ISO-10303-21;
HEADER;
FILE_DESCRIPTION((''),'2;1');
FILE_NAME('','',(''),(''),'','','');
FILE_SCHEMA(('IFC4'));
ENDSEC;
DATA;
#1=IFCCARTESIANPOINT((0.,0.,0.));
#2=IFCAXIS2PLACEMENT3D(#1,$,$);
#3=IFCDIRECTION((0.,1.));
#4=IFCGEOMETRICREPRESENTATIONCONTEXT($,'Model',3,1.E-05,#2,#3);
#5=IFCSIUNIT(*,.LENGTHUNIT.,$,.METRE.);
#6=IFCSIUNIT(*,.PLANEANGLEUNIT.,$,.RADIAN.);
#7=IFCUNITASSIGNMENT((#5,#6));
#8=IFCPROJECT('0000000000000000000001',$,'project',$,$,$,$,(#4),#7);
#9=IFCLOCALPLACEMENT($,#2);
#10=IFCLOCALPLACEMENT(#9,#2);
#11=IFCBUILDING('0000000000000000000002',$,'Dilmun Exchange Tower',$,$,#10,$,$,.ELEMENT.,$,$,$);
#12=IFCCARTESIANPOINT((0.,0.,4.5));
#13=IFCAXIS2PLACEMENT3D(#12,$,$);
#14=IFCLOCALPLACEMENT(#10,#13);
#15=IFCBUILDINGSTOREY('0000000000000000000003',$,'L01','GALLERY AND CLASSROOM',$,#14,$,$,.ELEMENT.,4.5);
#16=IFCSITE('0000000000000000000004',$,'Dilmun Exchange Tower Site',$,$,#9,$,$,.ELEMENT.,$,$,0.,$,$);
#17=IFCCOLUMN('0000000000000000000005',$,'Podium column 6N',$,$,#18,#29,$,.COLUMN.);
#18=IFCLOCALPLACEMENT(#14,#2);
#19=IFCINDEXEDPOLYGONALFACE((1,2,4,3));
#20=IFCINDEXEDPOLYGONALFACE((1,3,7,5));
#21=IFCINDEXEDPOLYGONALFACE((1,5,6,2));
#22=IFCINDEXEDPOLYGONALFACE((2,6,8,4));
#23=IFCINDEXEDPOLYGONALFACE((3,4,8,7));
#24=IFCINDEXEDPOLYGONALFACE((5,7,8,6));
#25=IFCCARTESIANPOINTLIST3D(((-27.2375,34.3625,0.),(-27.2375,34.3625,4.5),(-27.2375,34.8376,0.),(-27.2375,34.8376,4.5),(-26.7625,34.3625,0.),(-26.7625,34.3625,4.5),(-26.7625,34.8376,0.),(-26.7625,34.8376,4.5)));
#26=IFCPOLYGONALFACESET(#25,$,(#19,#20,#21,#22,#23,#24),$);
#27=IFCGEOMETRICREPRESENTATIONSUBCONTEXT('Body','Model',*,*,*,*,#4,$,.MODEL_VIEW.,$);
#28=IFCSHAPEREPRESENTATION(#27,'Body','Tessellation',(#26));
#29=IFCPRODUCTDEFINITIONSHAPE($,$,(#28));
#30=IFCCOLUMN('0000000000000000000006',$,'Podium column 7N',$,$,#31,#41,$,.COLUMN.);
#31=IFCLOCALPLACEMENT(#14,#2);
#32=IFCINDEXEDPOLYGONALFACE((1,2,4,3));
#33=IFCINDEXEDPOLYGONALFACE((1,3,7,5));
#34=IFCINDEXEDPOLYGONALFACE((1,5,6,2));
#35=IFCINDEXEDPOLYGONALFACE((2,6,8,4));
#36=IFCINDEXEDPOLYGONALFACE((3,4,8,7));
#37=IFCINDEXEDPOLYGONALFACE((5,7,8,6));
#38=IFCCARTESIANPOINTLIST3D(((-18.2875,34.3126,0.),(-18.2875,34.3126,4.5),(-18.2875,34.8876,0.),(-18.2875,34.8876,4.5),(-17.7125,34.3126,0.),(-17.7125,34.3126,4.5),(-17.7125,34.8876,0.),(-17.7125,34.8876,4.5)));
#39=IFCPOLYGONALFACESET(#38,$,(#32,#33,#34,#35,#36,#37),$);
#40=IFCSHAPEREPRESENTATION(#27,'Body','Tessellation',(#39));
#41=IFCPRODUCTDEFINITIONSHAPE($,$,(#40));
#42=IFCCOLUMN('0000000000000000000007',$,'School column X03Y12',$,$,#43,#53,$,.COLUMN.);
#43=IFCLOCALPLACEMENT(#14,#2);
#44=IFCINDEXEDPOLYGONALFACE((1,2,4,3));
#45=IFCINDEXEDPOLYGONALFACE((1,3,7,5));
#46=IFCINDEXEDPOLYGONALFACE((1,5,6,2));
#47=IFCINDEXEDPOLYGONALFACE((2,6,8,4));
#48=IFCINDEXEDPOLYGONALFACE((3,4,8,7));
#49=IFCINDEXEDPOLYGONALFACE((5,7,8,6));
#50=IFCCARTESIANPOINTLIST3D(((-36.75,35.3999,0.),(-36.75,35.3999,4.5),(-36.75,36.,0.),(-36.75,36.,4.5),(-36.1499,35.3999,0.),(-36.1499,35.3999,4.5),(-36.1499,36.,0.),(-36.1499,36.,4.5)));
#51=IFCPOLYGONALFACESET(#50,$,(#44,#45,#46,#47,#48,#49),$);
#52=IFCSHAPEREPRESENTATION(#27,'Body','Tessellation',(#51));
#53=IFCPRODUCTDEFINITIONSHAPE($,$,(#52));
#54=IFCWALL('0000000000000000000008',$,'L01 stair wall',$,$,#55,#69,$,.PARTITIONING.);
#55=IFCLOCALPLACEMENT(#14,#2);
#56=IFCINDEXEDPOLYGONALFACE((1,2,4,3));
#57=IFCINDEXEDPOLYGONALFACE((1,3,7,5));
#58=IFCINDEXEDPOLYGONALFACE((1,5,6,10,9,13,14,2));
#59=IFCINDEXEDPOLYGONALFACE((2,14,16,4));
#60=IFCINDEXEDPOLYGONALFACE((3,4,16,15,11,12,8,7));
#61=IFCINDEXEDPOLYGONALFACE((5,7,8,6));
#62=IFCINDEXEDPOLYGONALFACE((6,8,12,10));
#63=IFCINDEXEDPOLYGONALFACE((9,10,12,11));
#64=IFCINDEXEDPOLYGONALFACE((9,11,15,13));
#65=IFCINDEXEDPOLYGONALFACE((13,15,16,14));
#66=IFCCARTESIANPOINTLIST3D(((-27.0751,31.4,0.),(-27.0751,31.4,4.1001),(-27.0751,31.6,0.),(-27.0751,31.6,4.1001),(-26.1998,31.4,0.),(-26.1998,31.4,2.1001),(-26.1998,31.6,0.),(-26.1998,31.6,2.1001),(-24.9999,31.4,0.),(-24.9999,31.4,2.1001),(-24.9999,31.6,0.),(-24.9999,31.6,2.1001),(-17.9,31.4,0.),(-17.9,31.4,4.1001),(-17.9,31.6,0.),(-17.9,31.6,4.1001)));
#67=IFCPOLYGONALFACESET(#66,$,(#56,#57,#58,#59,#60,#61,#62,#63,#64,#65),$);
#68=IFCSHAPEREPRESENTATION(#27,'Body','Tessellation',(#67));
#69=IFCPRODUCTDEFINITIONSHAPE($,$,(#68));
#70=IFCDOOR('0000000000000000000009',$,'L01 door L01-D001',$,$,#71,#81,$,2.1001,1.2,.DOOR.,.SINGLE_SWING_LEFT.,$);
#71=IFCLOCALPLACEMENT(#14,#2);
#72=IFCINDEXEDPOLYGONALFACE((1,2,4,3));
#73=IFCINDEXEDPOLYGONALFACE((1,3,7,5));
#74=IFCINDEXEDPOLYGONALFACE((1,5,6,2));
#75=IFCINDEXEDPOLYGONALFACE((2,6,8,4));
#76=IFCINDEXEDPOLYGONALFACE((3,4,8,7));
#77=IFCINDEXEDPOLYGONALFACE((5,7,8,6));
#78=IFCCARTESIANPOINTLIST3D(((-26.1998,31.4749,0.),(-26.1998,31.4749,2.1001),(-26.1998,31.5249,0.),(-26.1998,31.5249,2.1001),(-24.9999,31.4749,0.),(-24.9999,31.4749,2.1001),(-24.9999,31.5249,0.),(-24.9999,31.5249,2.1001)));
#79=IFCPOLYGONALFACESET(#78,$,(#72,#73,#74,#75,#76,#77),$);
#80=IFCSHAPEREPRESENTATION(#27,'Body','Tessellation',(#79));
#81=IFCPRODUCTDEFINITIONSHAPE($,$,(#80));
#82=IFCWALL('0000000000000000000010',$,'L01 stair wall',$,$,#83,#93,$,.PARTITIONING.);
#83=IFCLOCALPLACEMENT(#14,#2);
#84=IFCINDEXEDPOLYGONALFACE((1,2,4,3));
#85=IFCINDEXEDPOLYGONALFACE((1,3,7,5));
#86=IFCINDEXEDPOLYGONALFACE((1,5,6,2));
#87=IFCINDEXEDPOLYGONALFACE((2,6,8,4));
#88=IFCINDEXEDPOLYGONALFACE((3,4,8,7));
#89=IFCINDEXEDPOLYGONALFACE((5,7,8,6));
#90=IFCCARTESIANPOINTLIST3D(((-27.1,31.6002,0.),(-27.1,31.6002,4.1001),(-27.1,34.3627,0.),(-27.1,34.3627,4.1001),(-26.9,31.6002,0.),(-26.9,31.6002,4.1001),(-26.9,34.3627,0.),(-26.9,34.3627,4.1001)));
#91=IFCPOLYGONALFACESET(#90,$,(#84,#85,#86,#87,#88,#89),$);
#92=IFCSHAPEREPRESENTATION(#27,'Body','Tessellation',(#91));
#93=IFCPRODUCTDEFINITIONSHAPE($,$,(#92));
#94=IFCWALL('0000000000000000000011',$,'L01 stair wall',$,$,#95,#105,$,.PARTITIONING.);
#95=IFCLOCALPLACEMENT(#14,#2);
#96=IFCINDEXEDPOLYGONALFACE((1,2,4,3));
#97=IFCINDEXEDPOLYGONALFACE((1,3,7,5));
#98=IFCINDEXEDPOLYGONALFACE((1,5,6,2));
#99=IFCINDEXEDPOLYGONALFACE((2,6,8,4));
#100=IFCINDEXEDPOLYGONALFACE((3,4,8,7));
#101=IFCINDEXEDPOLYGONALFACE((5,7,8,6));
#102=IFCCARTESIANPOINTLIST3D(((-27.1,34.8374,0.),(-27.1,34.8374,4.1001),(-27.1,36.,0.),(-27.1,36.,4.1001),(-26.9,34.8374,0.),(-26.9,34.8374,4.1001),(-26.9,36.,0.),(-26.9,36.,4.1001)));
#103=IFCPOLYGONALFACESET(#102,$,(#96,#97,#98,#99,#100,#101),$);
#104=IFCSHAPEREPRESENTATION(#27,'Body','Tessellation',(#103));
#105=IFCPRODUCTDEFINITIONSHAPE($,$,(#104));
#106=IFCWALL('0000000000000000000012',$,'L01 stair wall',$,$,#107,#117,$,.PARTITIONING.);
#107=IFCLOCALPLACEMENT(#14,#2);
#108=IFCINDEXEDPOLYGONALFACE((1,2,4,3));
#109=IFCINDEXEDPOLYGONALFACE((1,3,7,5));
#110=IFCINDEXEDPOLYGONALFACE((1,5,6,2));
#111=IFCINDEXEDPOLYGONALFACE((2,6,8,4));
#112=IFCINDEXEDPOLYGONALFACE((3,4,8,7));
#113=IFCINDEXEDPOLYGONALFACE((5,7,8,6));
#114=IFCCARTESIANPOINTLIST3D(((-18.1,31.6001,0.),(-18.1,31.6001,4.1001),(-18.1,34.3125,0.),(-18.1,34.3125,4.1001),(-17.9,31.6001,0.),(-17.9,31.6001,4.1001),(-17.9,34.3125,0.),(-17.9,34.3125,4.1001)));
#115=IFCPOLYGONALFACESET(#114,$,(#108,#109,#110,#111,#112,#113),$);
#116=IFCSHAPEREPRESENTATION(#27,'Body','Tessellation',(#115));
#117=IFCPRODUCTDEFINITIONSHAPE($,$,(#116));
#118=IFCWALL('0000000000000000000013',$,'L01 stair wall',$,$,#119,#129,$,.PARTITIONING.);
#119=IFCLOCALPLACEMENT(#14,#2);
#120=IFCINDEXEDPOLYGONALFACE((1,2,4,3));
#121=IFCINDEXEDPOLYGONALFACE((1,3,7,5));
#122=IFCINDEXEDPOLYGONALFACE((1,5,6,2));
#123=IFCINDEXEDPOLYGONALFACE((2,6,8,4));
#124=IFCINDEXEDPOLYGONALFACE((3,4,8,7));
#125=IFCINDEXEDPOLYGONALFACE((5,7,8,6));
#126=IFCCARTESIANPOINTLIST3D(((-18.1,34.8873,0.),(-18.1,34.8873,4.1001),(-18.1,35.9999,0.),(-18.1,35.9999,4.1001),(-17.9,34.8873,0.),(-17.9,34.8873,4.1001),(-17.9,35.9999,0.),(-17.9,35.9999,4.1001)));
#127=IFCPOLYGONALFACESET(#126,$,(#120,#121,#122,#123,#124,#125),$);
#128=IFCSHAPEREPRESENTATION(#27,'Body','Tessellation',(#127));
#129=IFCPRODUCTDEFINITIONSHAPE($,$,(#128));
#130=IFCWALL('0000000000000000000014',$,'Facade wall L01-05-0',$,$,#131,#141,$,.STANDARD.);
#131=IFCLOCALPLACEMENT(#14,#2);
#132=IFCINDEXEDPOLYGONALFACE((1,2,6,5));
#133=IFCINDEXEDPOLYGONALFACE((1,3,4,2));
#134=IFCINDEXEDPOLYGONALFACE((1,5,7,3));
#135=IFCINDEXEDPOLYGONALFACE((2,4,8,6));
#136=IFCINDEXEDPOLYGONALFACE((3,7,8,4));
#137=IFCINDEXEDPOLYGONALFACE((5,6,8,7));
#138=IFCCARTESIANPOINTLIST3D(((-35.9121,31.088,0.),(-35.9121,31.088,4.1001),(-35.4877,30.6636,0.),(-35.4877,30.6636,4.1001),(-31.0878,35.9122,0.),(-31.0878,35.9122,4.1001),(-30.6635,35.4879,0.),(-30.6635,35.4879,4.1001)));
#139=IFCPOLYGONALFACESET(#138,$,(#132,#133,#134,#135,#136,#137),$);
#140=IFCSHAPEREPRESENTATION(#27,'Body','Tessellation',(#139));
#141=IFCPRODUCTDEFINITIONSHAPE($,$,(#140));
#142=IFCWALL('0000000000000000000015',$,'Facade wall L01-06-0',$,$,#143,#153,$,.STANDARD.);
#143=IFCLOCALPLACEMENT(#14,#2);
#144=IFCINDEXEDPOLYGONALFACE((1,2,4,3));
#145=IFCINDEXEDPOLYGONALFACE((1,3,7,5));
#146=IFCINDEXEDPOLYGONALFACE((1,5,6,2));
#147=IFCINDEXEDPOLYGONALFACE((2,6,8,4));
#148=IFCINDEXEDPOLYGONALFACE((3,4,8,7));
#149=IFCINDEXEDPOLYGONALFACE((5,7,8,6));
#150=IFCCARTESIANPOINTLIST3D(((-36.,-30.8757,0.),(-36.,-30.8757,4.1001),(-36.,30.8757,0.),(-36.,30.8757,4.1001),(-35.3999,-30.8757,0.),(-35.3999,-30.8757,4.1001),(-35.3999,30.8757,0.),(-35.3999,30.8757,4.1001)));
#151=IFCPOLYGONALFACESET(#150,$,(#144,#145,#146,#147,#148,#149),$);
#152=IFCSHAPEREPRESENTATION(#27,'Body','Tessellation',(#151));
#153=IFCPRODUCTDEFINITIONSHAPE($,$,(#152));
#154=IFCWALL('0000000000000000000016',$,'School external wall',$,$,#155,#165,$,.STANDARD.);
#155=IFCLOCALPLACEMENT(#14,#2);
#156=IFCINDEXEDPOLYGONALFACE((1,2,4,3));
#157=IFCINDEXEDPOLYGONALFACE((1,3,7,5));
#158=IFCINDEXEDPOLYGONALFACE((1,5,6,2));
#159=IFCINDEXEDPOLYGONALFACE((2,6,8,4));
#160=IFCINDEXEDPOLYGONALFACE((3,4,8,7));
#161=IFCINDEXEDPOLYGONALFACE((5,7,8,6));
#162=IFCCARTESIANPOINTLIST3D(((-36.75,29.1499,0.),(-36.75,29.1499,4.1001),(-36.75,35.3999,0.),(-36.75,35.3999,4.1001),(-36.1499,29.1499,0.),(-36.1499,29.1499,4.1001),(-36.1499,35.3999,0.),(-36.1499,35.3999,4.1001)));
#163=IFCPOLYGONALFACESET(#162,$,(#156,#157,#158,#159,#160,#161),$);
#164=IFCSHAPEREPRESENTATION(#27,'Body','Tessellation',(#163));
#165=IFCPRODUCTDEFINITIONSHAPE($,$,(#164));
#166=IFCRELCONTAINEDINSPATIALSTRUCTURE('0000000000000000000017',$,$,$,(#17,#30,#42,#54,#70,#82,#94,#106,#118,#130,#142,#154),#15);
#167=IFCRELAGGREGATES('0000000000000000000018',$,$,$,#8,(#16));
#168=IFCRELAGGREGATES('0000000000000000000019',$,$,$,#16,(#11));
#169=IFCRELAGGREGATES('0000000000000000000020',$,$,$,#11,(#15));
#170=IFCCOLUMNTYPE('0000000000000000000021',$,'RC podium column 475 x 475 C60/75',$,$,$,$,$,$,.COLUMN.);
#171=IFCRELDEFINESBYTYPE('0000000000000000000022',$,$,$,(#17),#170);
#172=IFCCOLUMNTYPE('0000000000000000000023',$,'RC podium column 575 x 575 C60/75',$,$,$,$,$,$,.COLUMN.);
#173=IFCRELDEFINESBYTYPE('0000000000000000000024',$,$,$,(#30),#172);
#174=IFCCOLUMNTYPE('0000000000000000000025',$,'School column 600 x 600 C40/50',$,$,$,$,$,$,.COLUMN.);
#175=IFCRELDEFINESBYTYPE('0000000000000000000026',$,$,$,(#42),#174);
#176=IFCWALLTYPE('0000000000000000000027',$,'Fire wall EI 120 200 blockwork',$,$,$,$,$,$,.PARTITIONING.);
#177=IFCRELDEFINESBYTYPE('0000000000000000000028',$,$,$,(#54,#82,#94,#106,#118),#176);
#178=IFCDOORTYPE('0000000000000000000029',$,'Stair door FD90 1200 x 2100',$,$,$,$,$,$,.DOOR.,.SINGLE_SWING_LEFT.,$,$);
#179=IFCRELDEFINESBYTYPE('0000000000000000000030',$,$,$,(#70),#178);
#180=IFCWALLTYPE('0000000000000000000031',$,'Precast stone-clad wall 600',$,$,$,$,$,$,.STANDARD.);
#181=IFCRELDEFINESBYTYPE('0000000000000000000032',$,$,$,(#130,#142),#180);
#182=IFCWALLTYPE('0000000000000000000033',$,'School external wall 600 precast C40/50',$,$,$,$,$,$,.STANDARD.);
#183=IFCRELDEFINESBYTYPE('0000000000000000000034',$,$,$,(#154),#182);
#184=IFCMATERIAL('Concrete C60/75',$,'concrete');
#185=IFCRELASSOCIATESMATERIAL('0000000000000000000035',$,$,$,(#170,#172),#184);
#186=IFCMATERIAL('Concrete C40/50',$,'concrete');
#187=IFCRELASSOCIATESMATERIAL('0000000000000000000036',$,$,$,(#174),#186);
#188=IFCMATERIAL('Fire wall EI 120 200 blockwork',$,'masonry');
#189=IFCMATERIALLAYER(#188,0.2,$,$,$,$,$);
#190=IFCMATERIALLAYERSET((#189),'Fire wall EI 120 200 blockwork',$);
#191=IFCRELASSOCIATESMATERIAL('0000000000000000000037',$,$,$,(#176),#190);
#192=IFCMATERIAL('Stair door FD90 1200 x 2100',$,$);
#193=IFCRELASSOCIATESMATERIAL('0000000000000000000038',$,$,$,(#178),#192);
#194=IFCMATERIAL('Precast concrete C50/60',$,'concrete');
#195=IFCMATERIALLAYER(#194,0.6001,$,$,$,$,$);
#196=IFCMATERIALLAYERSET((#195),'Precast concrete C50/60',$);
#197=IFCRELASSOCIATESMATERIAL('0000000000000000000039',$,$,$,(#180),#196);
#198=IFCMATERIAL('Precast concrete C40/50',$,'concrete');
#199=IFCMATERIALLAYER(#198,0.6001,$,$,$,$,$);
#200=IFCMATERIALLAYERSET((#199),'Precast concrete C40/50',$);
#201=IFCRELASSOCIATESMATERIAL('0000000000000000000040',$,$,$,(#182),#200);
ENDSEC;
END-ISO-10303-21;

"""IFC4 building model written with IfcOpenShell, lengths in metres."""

from ifc_helpers import new_model, si_unit, direction, frame, frame_2d, origin, origin_2d, place, context, subcontext, project, spatial, rectangle, extrude, material, layer, layer_set, material_profile, profile_set, type_object, element, fill, save


model = new_model("IFC4")

# Units and contexts
model_context = context("Model", 3, precision=1e-05, world=origin(), true_north=direction((0.0, 1.0)))
body_context = subcontext(model_context, "Body", "Model", "MODEL_VIEW")
ifc_project = project(units=[si_unit("LENGTHUNIT", "METRE"), si_unit("PLANEANGLEUNIT", "RADIAN")], contexts=[model_context])

# Site, building, storey
site_placement = place(None, origin())
site = spatial("IfcSite", under=ifc_project, at=site_placement, Name="Dilmun Exchange Tower Site", CompositionType="ELEMENT", RefElevation=0.0)
building_placement = place(site_placement, origin())
building = spatial("IfcBuilding", under=site, at=building_placement, Name="Dilmun Exchange Tower", CompositionType="ELEMENT")
storey_placement = place(building_placement, frame((0.0, 0.0, 4.5)))
storey = spatial("IfcBuildingStorey", under=building, at=storey_placement, Name="L01", Description="GALLERY AND CLASSROOM", CompositionType="ELEMENT", Elevation=4.5)

# Columns
ifc_material_1 = material(Name="Concrete C60/75", Category="concrete")
ifc_material_profile_1 = material_profile(ifc_material_1, rectangle(XDim=0.4751, YDim=0.4751, at=origin_2d()), Name="475 x 475")
ifc_profile_set_1 = profile_set([ifc_material_profile_1], Name="Concrete C60/75")
column_type_1 = type_object("IfcColumnType", Name="RC podium column 475 x 475 C60/75", PredefinedType="COLUMN", material=ifc_profile_set_1)
column_1_placement = place(storey_placement, frame((-27.0, 34.6001, 0.0), z_axis=(0.0, 0.0, 1.0), x_axis=(1.0, 0.0, 0.0)))
element("IfcColumn", 1, at=column_1_placement, inside=storey, type_object=column_type_1, Name="Podium column 6N", PredefinedType="COLUMN", context=body_context, shape_type="SweptSolid", body=[
    extrude(rectangle(XDim=0.4751, YDim=0.4751, at=origin_2d()), origin(), (0.0, 0.0, 1.0), 4.5),
])
ifc_material_profile_2 = material_profile(ifc_material_1, rectangle(XDim=0.575, YDim=0.575, at=origin_2d()), Name="575 x 575")
ifc_profile_set_2 = profile_set([ifc_material_profile_2], Name="Concrete C60/75")
column_type_2 = type_object("IfcColumnType", Name="RC podium column 575 x 575 C60/75", PredefinedType="COLUMN", material=ifc_profile_set_2)
column_2_placement = place(storey_placement, frame((-18.0, 34.6001, 0.0), z_axis=(0.0, 0.0, 1.0), x_axis=(1.0, 0.0, 0.0)))
element("IfcColumn", 2, at=column_2_placement, inside=storey, type_object=column_type_2, Name="Podium column 7N", PredefinedType="COLUMN", context=body_context, shape_type="SweptSolid", body=[
    extrude(rectangle(XDim=0.575, YDim=0.575, at=origin_2d()), origin(), (0.0, 0.0, 1.0), 4.5),
])
ifc_material_2 = material(Name="Concrete C40/50", Category="concrete")
ifc_material_profile_3 = material_profile(ifc_material_2, rectangle(XDim=0.6001, YDim=0.6001, at=origin_2d()), Name="600 x 600")
ifc_profile_set_3 = profile_set([ifc_material_profile_3], Name="Concrete C40/50")
column_type_3 = type_object("IfcColumnType", Name="School column 600 x 600 C40/50", PredefinedType="COLUMN", material=ifc_profile_set_3)
column_3_placement = place(storey_placement, frame((-36.45, 35.7, 0.0), z_axis=(0.0, 0.0, 1.0), x_axis=(1.0, 0.0, 0.0)))
element("IfcColumn", 3, at=column_3_placement, inside=storey, type_object=column_type_3, Name="School column X03Y12", PredefinedType="COLUMN", context=body_context, shape_type="SweptSolid", body=[
    extrude(rectangle(XDim=0.6001, YDim=0.6001, at=origin_2d()), origin(), (0.0, 0.0, 1.0), 4.5),
])

# Wall, opening, door
ifc_material_3 = material(Name="Fire wall EI 120 200 blockwork", Category="masonry")
ifc_layer_1 = layer(ifc_material_3, 0.2)
ifc_layer_set_1 = layer_set([ifc_layer_1], Name="Fire wall EI 120 200 blockwork")
wall_type_1 = type_object("IfcWallType", Name="Fire wall EI 120 200 blockwork", PredefinedType="PARTITIONING", material=ifc_layer_set_1)
wall_1_placement = place(storey_placement, frame((-27.075, 31.5, 0.0), z_axis=(0.0, 0.0, 1.0), x_axis=(1.0, 0.0, 0.0)))
wall_1 = element("IfcWall", 4, at=wall_1_placement, inside=storey, type_object=wall_type_1, Name="L01 stair wall", PredefinedType="PARTITIONING", context=body_context, shape_type="SweptSolid", body=[
    extrude(rectangle(XDim=9.175, YDim=0.2, at=frame_2d((4.5874, 0.0))), origin(), (0.0, 0.0, 1.0), 4.1001),
])
opening_placement = place(wall_1_placement, frame((0.875, 0.0, 0.0)))
opening = element("IfcOpeningElement", 5, at=opening_placement, cuts=wall_1, PredefinedType="OPENING", context=body_context, shape_type="SweptSolid", body=[
    extrude(rectangle(XDim=1.2, YDim=2.1001, at=frame_2d((0.6001, 1.05))), frame((0.0, 0.1099, 0.0), z_axis=(0.0, -1.0, 0.0), x_axis=(1.0, 0.0, 0.0)), (0.0, 0.0, 1.0), 0.22),
])
ifc_material_4 = material(Name="Stair door FD90 1200 x 2100")
door_type = type_object("IfcDoorType", Name="Stair door FD90 1200 x 2100", OperationType="SINGLE_SWING_LEFT", PredefinedType="DOOR", material=ifc_material_4)
door_placement = place(opening_placement, origin())
door = element("IfcDoor", 6, at=door_placement, inside=storey, type_object=door_type, Name="L01 door L01-D001", OperationType="SINGLE_SWING_LEFT", OverallHeight=2.1001, OverallWidth=1.2, PredefinedType="DOOR", context=body_context, shape_type="SweptSolid", body=[
    extrude(rectangle(XDim=1.2, YDim=2.1001, at=frame_2d((0.6001, 1.05))), frame((0.0, 0.0249, 0.0), z_axis=(0.0, -1.0, 0.0), x_axis=(1.0, 0.0, 0.0)), (0.0, 0.0, 1.0), 0.05),
])
fill(opening, door)

# Walls
wall_2_placement = place(storey_placement, frame((-27.0, 31.6001, 0.0), z_axis=(0.0, 0.0, 1.0), x_axis=(0.0, 1.0, 0.0)))
element("IfcWall", 7, at=wall_2_placement, inside=storey, type_object=wall_type_1, Name="L01 stair wall", PredefinedType="PARTITIONING", context=body_context, shape_type="SweptSolid", body=[
    extrude(rectangle(XDim=2.7625, YDim=0.2, at=frame_2d((1.3813, 0.0))), origin(), (0.0, 0.0, 1.0), 4.1001),
])
wall_3_placement = place(storey_placement, frame((-27.0, 34.8374, 0.0), z_axis=(0.0, 0.0, 1.0), x_axis=(0.0, 1.0, 0.0)))
element("IfcWall", 8, at=wall_3_placement, inside=storey, type_object=wall_type_1, Name="L01 stair wall", PredefinedType="PARTITIONING", context=body_context, shape_type="SweptSolid", body=[
    extrude(rectangle(XDim=1.1626, YDim=0.2, at=frame_2d((0.5813, 0.0))), origin(), (0.0, 0.0, 1.0), 4.1001),
])
wall_4_placement = place(storey_placement, frame((-18.0, 31.6001, 0.0), z_axis=(0.0, 0.0, 1.0), x_axis=(0.0, 1.0, 0.0)))
element("IfcWall", 9, at=wall_4_placement, inside=storey, type_object=wall_type_1, Name="L01 stair wall", PredefinedType="PARTITIONING", context=body_context, shape_type="SweptSolid", body=[
    extrude(rectangle(XDim=2.7124, YDim=0.2, at=frame_2d((1.3562, 0.0))), origin(), (0.0, 0.0, 1.0), 4.1001),
])
wall_5_placement = place(storey_placement, frame((-18.0, 34.8875, 0.0), z_axis=(0.0, 0.0, 1.0), x_axis=(0.0, 1.0, 0.0)))
element("IfcWall", 10, at=wall_5_placement, inside=storey, type_object=wall_type_1, Name="L01 stair wall", PredefinedType="PARTITIONING", context=body_context, shape_type="SweptSolid", body=[
    extrude(rectangle(XDim=1.1125, YDim=0.2, at=frame_2d((0.5562, 0.0))), origin(), (0.0, 0.0, 1.0), 4.1001),
])
ifc_material_5 = material(Name="Precast concrete C50/60", Category="concrete")
ifc_layer_2 = layer(ifc_material_5, 0.6001)
ifc_layer_set_2 = layer_set([ifc_layer_2], Name="Precast concrete C50/60")
wall_type_2 = type_object("IfcWallType", Name="Precast stone-clad wall 600", PredefinedType="STANDARD", material=ifc_layer_set_2)
wall_6_placement = place(storey_placement, frame((-30.8757, 35.7, 0.0), z_axis=(0.0, 0.0, 1.0), x_axis=(-0.707107, -0.707107, 0.0)))
element("IfcWall", 11, at=wall_6_placement, inside=storey, type_object=wall_type_2, Name="Facade wall L01-05-0", PredefinedType="STANDARD", context=body_context, shape_type="SweptSolid", body=[
    extrude(rectangle(XDim=6.8225, YDim=0.6001, at=frame_2d((3.4111, 0.0))), origin(), (0.0, 0.0, 1.0), 4.1001),
])
wall_7_placement = place(storey_placement, frame((-35.7, 30.8757, 0.0), z_axis=(0.0, 0.0, 1.0), x_axis=(0.0, -1.0, 0.0)))
element("IfcWall", 12, at=wall_7_placement, inside=storey, type_object=wall_type_2, Name="Facade wall L01-06-0", PredefinedType="STANDARD", context=body_context, shape_type="SweptSolid", body=[
    extrude(rectangle(XDim=61.7515, YDim=0.6001, at=frame_2d((30.8757, 0.0))), origin(), (0.0, 0.0, 1.0), 4.1001),
])
ifc_material_6 = material(Name="Precast concrete C40/50", Category="concrete")
ifc_layer_3 = layer(ifc_material_6, 0.6001)
ifc_layer_set_3 = layer_set([ifc_layer_3], Name="Precast concrete C40/50")
wall_type_3 = type_object("IfcWallType", Name="School external wall 600 precast C40/50", PredefinedType="STANDARD", material=ifc_layer_set_3)
wall_8_placement = place(storey_placement, frame((-36.45, 35.3999, 0.0), z_axis=(0.0, 0.0, 1.0), x_axis=(0.0, -1.0, 0.0)))
element("IfcWall", 13, at=wall_8_placement, inside=storey, type_object=wall_type_3, Name="School external wall", PredefinedType="STANDARD", context=body_context, shape_type="SweptSolid", body=[
    extrude(rectangle(XDim=6.25, YDim=0.6001, at=frame_2d((3.125, 0.0))), origin(), (0.0, 0.0, 1.0), 4.1001),
])

save(model, "model.ifc")
